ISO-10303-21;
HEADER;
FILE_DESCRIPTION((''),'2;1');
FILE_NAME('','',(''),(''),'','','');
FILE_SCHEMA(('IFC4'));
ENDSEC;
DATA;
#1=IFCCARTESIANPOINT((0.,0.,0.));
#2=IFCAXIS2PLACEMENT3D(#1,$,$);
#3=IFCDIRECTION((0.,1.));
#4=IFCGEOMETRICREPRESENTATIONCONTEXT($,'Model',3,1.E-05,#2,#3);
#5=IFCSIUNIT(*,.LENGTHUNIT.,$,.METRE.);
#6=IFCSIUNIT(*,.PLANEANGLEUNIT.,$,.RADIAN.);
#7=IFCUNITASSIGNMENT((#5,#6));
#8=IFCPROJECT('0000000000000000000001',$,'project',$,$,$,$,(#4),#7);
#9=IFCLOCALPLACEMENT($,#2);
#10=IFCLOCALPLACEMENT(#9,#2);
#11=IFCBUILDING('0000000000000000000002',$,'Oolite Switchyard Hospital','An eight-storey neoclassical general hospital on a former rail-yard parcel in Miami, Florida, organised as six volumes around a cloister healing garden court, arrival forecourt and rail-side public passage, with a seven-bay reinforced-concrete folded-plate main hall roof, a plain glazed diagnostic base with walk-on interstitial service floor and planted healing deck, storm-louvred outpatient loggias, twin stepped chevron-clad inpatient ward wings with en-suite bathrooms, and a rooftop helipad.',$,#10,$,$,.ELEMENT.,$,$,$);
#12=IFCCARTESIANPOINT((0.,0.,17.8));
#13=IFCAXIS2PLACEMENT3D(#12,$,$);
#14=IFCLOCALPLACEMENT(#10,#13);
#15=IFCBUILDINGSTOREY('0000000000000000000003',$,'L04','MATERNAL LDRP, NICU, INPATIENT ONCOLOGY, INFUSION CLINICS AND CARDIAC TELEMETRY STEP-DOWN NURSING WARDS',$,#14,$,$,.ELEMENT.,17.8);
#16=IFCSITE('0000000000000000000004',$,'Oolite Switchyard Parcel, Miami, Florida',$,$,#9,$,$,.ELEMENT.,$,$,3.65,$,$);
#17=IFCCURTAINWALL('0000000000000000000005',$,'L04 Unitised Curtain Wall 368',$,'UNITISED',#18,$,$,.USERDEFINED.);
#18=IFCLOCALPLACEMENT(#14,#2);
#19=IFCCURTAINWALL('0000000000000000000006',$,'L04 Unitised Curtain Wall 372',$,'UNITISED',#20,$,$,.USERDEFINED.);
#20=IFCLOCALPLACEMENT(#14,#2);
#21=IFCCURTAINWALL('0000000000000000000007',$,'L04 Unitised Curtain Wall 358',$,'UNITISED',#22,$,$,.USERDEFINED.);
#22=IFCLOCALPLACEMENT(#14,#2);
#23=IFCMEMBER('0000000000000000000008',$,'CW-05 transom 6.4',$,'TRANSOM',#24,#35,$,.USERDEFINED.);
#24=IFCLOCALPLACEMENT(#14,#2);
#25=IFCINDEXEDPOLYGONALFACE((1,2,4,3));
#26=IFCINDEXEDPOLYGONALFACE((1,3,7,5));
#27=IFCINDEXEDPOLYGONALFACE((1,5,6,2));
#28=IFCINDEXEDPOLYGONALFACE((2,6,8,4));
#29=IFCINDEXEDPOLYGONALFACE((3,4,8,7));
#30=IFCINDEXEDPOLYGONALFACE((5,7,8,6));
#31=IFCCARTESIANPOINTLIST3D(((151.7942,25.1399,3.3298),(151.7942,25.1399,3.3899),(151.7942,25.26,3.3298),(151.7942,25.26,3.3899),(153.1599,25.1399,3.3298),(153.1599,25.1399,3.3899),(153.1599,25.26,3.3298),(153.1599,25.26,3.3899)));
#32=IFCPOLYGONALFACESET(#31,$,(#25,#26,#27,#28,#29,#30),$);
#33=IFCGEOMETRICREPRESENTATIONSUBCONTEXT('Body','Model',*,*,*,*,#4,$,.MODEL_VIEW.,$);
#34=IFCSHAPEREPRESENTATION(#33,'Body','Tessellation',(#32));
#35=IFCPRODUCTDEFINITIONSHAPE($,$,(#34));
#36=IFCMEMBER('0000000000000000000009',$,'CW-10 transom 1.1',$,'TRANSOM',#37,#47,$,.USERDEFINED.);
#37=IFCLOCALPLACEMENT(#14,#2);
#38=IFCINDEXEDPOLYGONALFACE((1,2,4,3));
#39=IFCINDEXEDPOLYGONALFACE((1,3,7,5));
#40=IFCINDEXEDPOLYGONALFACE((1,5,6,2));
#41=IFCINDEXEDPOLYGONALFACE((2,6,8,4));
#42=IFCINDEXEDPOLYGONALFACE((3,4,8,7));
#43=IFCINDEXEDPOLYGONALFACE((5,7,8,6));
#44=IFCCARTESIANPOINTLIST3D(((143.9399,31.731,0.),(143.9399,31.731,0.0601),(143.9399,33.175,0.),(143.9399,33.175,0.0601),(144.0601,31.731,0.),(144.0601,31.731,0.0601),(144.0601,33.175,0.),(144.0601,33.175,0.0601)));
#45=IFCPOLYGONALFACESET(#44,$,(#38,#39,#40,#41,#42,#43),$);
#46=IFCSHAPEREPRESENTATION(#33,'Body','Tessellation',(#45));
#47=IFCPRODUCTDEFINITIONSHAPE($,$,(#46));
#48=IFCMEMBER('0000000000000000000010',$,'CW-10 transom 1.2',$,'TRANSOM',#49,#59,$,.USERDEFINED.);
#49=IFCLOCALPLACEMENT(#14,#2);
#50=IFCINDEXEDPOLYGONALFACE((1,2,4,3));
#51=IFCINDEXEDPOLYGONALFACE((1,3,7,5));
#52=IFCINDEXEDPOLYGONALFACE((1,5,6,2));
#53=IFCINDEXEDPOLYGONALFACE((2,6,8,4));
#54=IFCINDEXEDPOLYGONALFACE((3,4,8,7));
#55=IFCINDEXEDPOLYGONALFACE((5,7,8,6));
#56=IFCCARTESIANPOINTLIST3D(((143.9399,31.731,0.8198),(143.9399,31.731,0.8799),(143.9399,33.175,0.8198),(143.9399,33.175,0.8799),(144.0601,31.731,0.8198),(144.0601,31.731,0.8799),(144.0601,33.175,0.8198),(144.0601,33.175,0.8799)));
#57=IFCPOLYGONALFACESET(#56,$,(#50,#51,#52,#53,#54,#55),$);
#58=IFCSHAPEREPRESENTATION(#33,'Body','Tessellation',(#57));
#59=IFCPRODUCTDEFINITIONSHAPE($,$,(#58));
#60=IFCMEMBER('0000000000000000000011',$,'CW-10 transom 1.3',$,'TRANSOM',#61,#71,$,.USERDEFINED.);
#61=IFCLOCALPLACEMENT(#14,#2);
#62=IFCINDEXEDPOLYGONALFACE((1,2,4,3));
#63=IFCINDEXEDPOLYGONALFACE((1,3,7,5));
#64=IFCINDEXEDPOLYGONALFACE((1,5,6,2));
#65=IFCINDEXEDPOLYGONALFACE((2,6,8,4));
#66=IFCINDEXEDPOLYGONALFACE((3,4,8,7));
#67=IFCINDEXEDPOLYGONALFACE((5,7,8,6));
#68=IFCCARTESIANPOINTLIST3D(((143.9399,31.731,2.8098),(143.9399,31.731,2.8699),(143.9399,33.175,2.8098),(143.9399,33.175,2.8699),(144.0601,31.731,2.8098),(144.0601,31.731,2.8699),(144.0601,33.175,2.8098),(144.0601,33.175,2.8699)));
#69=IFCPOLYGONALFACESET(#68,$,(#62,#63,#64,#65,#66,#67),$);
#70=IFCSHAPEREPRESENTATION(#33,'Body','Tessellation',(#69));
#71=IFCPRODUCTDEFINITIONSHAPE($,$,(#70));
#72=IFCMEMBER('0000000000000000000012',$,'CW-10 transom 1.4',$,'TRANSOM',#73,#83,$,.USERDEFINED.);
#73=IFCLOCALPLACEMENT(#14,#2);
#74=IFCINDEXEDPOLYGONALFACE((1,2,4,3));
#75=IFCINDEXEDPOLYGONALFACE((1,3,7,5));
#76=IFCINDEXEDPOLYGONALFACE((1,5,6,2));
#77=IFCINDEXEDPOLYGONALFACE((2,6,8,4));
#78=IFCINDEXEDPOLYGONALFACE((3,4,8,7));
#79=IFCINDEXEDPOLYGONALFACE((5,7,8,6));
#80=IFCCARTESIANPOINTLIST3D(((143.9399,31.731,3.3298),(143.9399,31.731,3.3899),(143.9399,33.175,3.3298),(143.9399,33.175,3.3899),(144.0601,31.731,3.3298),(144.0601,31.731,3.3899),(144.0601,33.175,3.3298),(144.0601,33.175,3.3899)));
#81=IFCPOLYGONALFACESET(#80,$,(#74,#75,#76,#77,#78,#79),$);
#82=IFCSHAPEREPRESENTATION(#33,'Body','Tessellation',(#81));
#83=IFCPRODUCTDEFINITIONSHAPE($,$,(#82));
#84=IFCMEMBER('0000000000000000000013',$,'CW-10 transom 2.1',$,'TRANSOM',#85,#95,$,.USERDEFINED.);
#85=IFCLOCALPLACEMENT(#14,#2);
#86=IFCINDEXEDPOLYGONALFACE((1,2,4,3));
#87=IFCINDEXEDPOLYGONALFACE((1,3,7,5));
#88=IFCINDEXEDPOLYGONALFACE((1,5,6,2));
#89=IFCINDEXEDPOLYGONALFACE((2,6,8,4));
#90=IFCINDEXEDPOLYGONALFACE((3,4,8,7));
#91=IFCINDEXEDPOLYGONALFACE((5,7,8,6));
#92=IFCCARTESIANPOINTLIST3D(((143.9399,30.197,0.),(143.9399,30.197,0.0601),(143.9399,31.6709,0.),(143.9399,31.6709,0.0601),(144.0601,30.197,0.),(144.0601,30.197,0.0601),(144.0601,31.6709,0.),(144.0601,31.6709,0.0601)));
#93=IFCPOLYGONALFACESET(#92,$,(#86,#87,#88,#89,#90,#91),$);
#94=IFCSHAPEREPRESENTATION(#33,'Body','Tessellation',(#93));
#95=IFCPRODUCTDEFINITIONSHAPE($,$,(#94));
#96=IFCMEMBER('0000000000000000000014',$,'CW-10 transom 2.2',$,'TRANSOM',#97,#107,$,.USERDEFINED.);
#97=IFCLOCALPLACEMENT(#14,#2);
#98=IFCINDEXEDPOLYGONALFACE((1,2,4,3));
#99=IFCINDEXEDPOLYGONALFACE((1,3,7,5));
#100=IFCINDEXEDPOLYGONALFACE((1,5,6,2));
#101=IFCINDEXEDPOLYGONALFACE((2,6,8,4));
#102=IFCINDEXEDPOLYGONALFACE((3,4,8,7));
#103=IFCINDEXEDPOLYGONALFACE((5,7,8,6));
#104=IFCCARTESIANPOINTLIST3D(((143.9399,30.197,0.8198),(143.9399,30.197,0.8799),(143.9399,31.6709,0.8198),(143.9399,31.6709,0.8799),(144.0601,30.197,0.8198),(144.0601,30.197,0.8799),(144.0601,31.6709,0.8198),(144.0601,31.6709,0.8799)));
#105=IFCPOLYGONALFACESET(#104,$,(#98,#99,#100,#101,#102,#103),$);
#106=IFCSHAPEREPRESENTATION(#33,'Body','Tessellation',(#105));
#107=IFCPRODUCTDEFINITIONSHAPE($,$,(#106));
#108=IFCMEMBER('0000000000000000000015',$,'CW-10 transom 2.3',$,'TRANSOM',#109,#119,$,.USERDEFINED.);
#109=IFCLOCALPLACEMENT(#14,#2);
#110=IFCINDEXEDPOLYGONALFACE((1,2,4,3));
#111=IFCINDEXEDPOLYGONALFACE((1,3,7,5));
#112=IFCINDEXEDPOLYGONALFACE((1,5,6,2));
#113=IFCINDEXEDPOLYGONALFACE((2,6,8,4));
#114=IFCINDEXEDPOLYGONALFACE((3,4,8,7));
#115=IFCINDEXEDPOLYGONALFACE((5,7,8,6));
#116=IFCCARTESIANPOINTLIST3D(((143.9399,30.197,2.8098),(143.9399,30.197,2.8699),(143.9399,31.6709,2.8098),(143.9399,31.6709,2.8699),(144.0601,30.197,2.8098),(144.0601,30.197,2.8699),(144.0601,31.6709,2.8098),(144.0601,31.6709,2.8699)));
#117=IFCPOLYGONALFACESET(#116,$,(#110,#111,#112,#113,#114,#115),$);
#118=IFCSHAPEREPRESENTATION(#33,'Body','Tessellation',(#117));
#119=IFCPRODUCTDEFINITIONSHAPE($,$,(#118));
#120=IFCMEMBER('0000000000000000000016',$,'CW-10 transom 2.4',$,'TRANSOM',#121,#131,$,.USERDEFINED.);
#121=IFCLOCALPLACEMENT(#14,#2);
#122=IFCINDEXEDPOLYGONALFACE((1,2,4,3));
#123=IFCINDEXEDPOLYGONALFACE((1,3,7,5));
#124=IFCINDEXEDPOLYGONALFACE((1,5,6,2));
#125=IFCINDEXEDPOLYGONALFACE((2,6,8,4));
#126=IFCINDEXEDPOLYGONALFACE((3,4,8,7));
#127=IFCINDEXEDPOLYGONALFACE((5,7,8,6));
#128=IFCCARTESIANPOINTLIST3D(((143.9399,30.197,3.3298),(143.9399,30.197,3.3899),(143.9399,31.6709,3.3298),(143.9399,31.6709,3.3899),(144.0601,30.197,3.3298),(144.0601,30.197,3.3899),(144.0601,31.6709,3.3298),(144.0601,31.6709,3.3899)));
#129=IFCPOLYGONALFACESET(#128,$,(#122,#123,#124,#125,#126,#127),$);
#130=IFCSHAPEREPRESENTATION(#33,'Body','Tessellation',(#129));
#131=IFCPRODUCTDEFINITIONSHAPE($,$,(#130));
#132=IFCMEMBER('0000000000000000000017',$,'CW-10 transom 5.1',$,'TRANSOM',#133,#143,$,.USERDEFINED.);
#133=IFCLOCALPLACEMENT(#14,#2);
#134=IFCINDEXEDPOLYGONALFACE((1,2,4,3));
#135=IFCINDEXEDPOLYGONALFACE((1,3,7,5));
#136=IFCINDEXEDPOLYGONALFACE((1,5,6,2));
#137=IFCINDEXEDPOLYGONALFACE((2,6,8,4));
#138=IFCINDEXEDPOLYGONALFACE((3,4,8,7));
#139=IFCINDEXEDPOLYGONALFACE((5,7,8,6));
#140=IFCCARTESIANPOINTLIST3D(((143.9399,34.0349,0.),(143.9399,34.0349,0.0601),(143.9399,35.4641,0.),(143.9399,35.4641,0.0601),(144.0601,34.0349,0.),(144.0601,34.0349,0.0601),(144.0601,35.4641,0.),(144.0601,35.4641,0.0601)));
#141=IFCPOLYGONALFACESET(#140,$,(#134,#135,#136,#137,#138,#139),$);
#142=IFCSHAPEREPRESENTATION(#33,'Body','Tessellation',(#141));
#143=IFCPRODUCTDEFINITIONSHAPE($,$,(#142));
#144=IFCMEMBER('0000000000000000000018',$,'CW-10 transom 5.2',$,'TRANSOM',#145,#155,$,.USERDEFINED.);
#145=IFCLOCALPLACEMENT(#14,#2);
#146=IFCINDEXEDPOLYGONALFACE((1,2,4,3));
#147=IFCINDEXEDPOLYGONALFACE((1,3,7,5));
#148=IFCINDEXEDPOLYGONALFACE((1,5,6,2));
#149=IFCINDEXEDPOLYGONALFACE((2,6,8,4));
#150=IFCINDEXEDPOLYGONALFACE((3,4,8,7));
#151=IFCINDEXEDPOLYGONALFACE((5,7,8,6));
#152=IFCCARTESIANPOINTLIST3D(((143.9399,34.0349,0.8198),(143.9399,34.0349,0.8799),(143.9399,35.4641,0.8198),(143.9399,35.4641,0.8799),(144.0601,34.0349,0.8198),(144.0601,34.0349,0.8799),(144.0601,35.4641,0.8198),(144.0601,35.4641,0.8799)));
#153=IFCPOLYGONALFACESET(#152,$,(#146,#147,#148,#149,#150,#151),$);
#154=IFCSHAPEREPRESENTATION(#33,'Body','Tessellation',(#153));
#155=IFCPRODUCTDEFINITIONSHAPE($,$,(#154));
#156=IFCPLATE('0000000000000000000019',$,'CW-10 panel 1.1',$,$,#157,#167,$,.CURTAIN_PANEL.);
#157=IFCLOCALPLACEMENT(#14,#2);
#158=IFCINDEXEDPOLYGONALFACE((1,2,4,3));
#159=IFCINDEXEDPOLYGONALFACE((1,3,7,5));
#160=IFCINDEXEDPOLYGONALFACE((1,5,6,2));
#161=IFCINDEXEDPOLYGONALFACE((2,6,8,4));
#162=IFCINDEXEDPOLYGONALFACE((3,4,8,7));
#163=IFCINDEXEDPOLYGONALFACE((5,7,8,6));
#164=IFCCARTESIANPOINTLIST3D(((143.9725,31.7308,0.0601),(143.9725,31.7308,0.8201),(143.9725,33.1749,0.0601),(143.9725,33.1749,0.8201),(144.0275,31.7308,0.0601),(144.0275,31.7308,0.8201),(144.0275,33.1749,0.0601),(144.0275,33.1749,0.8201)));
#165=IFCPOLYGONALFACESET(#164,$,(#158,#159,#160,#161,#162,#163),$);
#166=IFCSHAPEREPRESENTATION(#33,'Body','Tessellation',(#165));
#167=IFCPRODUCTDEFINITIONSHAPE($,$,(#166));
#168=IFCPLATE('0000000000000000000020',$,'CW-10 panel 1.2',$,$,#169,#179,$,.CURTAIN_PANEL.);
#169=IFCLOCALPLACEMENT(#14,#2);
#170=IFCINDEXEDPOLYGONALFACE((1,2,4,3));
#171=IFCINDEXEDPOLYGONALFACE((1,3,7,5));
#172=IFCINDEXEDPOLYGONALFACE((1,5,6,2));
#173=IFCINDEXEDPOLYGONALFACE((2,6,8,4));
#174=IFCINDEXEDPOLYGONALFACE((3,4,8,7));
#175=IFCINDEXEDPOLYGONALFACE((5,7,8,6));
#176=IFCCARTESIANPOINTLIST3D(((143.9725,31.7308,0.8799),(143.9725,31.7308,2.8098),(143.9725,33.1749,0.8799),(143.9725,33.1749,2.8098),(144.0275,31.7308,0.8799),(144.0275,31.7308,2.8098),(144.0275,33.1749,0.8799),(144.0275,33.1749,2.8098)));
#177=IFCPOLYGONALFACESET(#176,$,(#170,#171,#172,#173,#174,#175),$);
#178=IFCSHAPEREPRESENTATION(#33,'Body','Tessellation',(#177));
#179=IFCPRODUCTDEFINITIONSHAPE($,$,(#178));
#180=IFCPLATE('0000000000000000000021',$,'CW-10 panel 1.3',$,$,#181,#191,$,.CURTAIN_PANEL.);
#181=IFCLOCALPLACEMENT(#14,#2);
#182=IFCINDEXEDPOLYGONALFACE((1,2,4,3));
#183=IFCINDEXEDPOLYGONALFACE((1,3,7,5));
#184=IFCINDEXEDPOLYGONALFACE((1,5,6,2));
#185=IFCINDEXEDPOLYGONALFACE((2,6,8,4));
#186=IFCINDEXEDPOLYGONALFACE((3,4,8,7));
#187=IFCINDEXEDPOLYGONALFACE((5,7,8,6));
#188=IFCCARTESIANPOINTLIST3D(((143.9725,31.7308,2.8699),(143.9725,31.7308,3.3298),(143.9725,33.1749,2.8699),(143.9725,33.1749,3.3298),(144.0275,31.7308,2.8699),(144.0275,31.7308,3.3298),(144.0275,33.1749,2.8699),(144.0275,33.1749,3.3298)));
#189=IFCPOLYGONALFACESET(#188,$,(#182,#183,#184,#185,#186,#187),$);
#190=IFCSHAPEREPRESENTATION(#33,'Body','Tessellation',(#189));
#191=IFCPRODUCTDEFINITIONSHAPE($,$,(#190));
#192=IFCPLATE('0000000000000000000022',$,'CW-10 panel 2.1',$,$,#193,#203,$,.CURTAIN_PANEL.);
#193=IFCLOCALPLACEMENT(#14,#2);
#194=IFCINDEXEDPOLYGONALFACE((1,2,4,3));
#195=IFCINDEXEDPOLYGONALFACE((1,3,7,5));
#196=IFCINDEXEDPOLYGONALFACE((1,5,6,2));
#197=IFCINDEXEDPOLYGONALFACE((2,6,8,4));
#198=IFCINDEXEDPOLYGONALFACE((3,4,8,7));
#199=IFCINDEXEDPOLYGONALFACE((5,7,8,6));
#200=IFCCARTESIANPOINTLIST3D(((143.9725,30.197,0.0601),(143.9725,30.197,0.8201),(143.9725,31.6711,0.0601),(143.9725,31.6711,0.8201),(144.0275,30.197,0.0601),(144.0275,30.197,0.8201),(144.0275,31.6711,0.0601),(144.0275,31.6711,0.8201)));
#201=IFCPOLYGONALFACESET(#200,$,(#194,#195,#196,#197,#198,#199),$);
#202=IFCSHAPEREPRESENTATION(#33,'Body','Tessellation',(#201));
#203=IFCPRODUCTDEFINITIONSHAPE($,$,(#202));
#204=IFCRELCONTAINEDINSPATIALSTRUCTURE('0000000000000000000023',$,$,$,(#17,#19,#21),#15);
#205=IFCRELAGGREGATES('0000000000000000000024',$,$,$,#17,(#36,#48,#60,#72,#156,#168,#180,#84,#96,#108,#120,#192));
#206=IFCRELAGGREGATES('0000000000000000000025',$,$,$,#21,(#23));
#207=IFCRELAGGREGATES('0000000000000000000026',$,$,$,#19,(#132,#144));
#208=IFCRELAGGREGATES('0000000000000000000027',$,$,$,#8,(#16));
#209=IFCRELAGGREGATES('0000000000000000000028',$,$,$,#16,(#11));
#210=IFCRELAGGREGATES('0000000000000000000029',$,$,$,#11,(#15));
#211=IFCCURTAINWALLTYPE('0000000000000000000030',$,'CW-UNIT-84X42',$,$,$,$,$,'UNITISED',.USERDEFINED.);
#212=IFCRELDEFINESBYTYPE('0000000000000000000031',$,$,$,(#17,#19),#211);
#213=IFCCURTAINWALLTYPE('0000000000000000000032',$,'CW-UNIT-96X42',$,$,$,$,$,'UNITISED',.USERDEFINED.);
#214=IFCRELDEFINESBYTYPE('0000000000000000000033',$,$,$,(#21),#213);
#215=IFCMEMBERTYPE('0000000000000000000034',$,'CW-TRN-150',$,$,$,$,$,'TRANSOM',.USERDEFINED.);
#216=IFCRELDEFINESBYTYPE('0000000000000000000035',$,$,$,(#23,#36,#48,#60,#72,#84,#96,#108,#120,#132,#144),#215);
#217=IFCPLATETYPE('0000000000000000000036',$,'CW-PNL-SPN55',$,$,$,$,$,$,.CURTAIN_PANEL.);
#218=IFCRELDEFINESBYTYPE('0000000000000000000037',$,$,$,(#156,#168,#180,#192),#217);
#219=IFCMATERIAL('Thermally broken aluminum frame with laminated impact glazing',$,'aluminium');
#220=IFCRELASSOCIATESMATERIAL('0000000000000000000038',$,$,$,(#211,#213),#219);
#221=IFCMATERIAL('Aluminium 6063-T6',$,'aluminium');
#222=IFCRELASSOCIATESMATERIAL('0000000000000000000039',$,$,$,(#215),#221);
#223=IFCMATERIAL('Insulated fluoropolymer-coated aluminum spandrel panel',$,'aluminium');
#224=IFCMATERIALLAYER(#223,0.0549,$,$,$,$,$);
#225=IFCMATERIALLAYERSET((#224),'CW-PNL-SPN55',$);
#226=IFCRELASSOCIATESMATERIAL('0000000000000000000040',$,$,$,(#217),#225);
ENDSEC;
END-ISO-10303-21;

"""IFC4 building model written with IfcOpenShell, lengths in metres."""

from ifc_helpers import new_model, si_unit, direction, frame, origin, origin_2d, place, context, subcontext, project, spatial, rectangle, extrude, material, layer, layer_set, material_profile, profile_set, type_object, element, aggregate, save


model = new_model("IFC4")

# Units and contexts
model_context = context("Model", 3, precision=1e-05, world=origin(), true_north=direction((0.0, 1.0)))
body_context = subcontext(model_context, "Body", "Model", "MODEL_VIEW")
ifc_project = project(units=[si_unit("LENGTHUNIT", "METRE"), si_unit("PLANEANGLEUNIT", "RADIAN")], contexts=[model_context])

# Site, building, storey
site_placement = place(None, origin())
site = spatial("IfcSite", under=ifc_project, at=site_placement, Name="Oolite Switchyard Parcel, Miami, Florida", CompositionType="ELEMENT", RefElevation=3.65)
building_placement = place(site_placement, origin())
building = spatial("IfcBuilding", under=site, at=building_placement, Name="Oolite Switchyard Hospital", Description="An eight-storey neoclassical general hospital on a former rail-yard parcel in Miami, Florida, organised as six volumes around a cloister healing garden court, arrival forecourt and rail-side public passage, with a seven-bay reinforced-concrete folded-plate main hall roof, a plain glazed diagnostic base with walk-on interstitial service floor and planted healing deck, storm-louvred outpatient loggias, twin stepped chevron-clad inpatient ward wings with en-suite bathrooms, and a rooftop helipad.", CompositionType="ELEMENT")
storey_placement = place(building_placement, frame((0.0, 0.0, 17.8)))
storey = spatial("IfcBuildingStorey", under=building, at=storey_placement, Name="L04", Description="MATERNAL LDRP, NICU, INPATIENT ONCOLOGY, INFUSION CLINICS AND CARDIAC TELEMETRY STEP-DOWN NURSING WARDS", CompositionType="ELEMENT", Elevation=17.8)

# Curtain wall
ifc_material_1 = material(Name="Thermally broken aluminum frame with laminated impact glazing", Category="aluminium")
curtain_wall_type_1 = type_object("IfcCurtainWallType", Name="CW-UNIT-84X42", ElementType="UNITISED", PredefinedType="USERDEFINED", material=ifc_material_1)
curtain_wall_1_placement = place(storey_placement, origin())
curtain_wall_1 = element("IfcCurtainWall", 1, at=curtain_wall_1_placement, inside=storey, type_object=curtain_wall_type_1, Name="L04 Unitised Curtain Wall 368", ObjectType="UNITISED", PredefinedType="USERDEFINED")
ifc_material_2 = material(Name="Aluminium 6063-T6", Category="aluminium")

# Curtain wall
curtain_wall_2_placement = place(storey_placement, origin())
curtain_wall_2 = element("IfcCurtainWall", 2, at=curtain_wall_2_placement, inside=storey, type_object=curtain_wall_type_1, Name="L04 Unitised Curtain Wall 372", ObjectType="UNITISED", PredefinedType="USERDEFINED")

# Curtain wall, member
curtain_wall_type_2 = type_object("IfcCurtainWallType", Name="CW-UNIT-96X42", ElementType="UNITISED", PredefinedType="USERDEFINED", material=ifc_material_1)
curtain_wall_3_placement = place(storey_placement, origin())
curtain_wall_3 = element("IfcCurtainWall", 3, at=curtain_wall_3_placement, inside=storey, type_object=curtain_wall_type_2, Name="L04 Unitised Curtain Wall 358", ObjectType="UNITISED", PredefinedType="USERDEFINED")
ifc_material_profile_1 = material_profile(ifc_material_2, rectangle(XDim=0.1201, YDim=0.0601, at=origin_2d()), Name="CWT60X120")
ifc_profile_set_1 = profile_set([ifc_material_profile_1], Name="Aluminium 6063-T6")
member_type_1 = type_object("IfcMemberType", Name="CW-TRN-150", ElementType="TRANSOM", PredefinedType="USERDEFINED", material=ifc_profile_set_1)
member_1_placement = place(storey_placement, frame((151.7942, 25.2, 3.3599), z_axis=(1.0, 0.0, 0.0), x_axis=(0.0, 1.0, 0.0)))
member_1 = element("IfcMember", 4, at=member_1_placement, type_object=member_type_1, Name="CW-05 transom 6.4", ObjectType="TRANSOM", PredefinedType="USERDEFINED", context=body_context, shape_type="SweptSolid", body=[
    extrude(rectangle(XDim=0.1201, YDim=0.0601, at=origin_2d()), origin(), (0.0, 0.0, 1.0), 1.3657),
])

# Members
member_2_placement = place(storey_placement, frame((144.0, 33.175, 0.03), z_axis=(0.0, -1.0, 0.0), x_axis=(1.0, 0.0, 0.0)))
member_2 = element("IfcMember", 5, at=member_2_placement, type_object=member_type_1, Name="CW-10 transom 1.1", ObjectType="TRANSOM", PredefinedType="USERDEFINED", context=body_context, shape_type="SweptSolid", body=[
    extrude(rectangle(XDim=0.1201, YDim=0.0601, at=origin_2d()), origin(), (0.0, 0.0, 1.0), 1.4441),
])
member_3_placement = place(storey_placement, frame((144.0, 33.175, 0.8499), z_axis=(0.0, -1.0, 0.0), x_axis=(1.0, 0.0, 0.0)))
member_3 = element("IfcMember", 6, at=member_3_placement, type_object=member_type_1, Name="CW-10 transom 1.2", ObjectType="TRANSOM", PredefinedType="USERDEFINED", context=body_context, shape_type="SweptSolid", body=[
    extrude(rectangle(XDim=0.1201, YDim=0.0601, at=origin_2d()), origin(), (0.0, 0.0, 1.0), 1.4441),
])
member_4_placement = place(storey_placement, frame((144.0, 33.175, 2.8398), z_axis=(0.0, -1.0, 0.0), x_axis=(1.0, 0.0, 0.0)))
member_4 = element("IfcMember", 7, at=member_4_placement, type_object=member_type_1, Name="CW-10 transom 1.3", ObjectType="TRANSOM", PredefinedType="USERDEFINED", context=body_context, shape_type="SweptSolid", body=[
    extrude(rectangle(XDim=0.1201, YDim=0.0601, at=origin_2d()), origin(), (0.0, 0.0, 1.0), 1.4441),
])
member_5_placement = place(storey_placement, frame((144.0, 33.175, 3.3599), z_axis=(0.0, -1.0, 0.0), x_axis=(1.0, 0.0, 0.0)))
member_5 = element("IfcMember", 8, at=member_5_placement, type_object=member_type_1, Name="CW-10 transom 1.4", ObjectType="TRANSOM", PredefinedType="USERDEFINED", context=body_context, shape_type="SweptSolid", body=[
    extrude(rectangle(XDim=0.1201, YDim=0.0601, at=origin_2d()), origin(), (0.0, 0.0, 1.0), 1.4441),
])
member_6_placement = place(storey_placement, frame((144.0, 31.6709, 0.03), z_axis=(0.0, -1.0, 0.0), x_axis=(1.0, 0.0, 0.0)))
member_6 = element("IfcMember", 9, at=member_6_placement, type_object=member_type_1, Name="CW-10 transom 2.1", ObjectType="TRANSOM", PredefinedType="USERDEFINED", context=body_context, shape_type="SweptSolid", body=[
    extrude(rectangle(XDim=0.1201, YDim=0.0601, at=origin_2d()), origin(), (0.0, 0.0, 1.0), 1.4739),
])
member_7_placement = place(storey_placement, frame((144.0, 31.6709, 0.8499), z_axis=(0.0, -1.0, 0.0), x_axis=(1.0, 0.0, 0.0)))
member_7 = element("IfcMember", 10, at=member_7_placement, type_object=member_type_1, Name="CW-10 transom 2.2", ObjectType="TRANSOM", PredefinedType="USERDEFINED", context=body_context, shape_type="SweptSolid", body=[
    extrude(rectangle(XDim=0.1201, YDim=0.0601, at=origin_2d()), origin(), (0.0, 0.0, 1.0), 1.4739),
])
member_8_placement = place(storey_placement, frame((144.0, 31.6709, 2.8398), z_axis=(0.0, -1.0, 0.0), x_axis=(1.0, 0.0, 0.0)))
member_8 = element("IfcMember", 11, at=member_8_placement, type_object=member_type_1, Name="CW-10 transom 2.3", ObjectType="TRANSOM", PredefinedType="USERDEFINED", context=body_context, shape_type="SweptSolid", body=[
    extrude(rectangle(XDim=0.1201, YDim=0.0601, at=origin_2d()), origin(), (0.0, 0.0, 1.0), 1.4739),
])
member_9_placement = place(storey_placement, frame((144.0, 31.6709, 3.3599), z_axis=(0.0, -1.0, 0.0), x_axis=(1.0, 0.0, 0.0)))
member_9 = element("IfcMember", 12, at=member_9_placement, type_object=member_type_1, Name="CW-10 transom 2.4", ObjectType="TRANSOM", PredefinedType="USERDEFINED", context=body_context, shape_type="SweptSolid", body=[
    extrude(rectangle(XDim=0.1201, YDim=0.0601, at=origin_2d()), origin(), (0.0, 0.0, 1.0), 1.4739),
])
member_10_placement = place(storey_placement, frame((144.0, 35.4641, 0.03), z_axis=(0.0, -1.0, 0.0), x_axis=(1.0, 0.0, 0.0)))
member_10 = element("IfcMember", 13, at=member_10_placement, type_object=member_type_1, Name="CW-10 transom 5.1", ObjectType="TRANSOM", PredefinedType="USERDEFINED", context=body_context, shape_type="SweptSolid", body=[
    extrude(rectangle(XDim=0.1201, YDim=0.0601, at=origin_2d()), origin(), (0.0, 0.0, 1.0), 1.4292),
])
member_11_placement = place(storey_placement, frame((144.0, 35.4641, 0.8499), z_axis=(0.0, -1.0, 0.0), x_axis=(1.0, 0.0, 0.0)))
member_11 = element("IfcMember", 14, at=member_11_placement, type_object=member_type_1, Name="CW-10 transom 5.2", ObjectType="TRANSOM", PredefinedType="USERDEFINED", context=body_context, shape_type="SweptSolid", body=[
    extrude(rectangle(XDim=0.1201, YDim=0.0601, at=origin_2d()), origin(), (0.0, 0.0, 1.0), 1.4292),
])

# Plates
ifc_material_3 = material(Name="Insulated fluoropolymer-coated aluminum spandrel panel", Category="aluminium")
ifc_layer_1 = layer(ifc_material_3, 0.0549)
ifc_layer_set_1 = layer_set([ifc_layer_1], Name="CW-PNL-SPN55")
plate_type_1 = type_object("IfcPlateType", Name="CW-PNL-SPN55", PredefinedType="CURTAIN_PANEL", material=ifc_layer_set_1)
plate_1_placement = place(storey_placement, frame((144.0, 32.4529, 0.0601), z_axis=(0.0, 0.0, 1.0), x_axis=(0.0, -1.0, 0.0)))
plate_1 = element("IfcPlate", 15, at=plate_1_placement, type_object=plate_type_1, Name="CW-10 panel 1.1", PredefinedType="CURTAIN_PANEL", context=body_context, shape_type="SweptSolid", body=[
    extrude(rectangle(XDim=1.4441, YDim=0.0549, at=origin_2d()), origin(), (0.0, 0.0, 1.0), 0.76),
])
plate_2_placement = place(storey_placement, frame((144.0, 32.4529, 0.8799), z_axis=(0.0, 0.0, 1.0), x_axis=(0.0, -1.0, 0.0)))
plate_2 = element("IfcPlate", 16, at=plate_2_placement, type_object=plate_type_1, Name="CW-10 panel 1.2", PredefinedType="CURTAIN_PANEL", context=body_context, shape_type="SweptSolid", body=[
    extrude(rectangle(XDim=1.4441, YDim=0.0549, at=origin_2d()), origin(), (0.0, 0.0, 1.0), 1.9299),
])
plate_3_placement = place(storey_placement, frame((144.0, 32.4529, 2.8699), z_axis=(0.0, 0.0, 1.0), x_axis=(0.0, -1.0, 0.0)))
plate_3 = element("IfcPlate", 17, at=plate_3_placement, type_object=plate_type_1, Name="CW-10 panel 1.3", PredefinedType="CURTAIN_PANEL", context=body_context, shape_type="SweptSolid", body=[
    extrude(rectangle(XDim=1.4441, YDim=0.0549, at=origin_2d()), origin(), (0.0, 0.0, 1.0), 0.46),
])
plate_4_placement = place(storey_placement, frame((144.0, 30.9341, 0.0601), z_axis=(0.0, 0.0, 1.0), x_axis=(0.0, -1.0, 0.0)))
plate_4 = element("IfcPlate", 18, at=plate_4_placement, type_object=plate_type_1, Name="CW-10 panel 2.1", PredefinedType="CURTAIN_PANEL", context=body_context, shape_type="SweptSolid", body=[
    extrude(rectangle(XDim=1.4741, YDim=0.0549, at=origin_2d()), origin(), (0.0, 0.0, 1.0), 0.76),
])
aggregate(curtain_wall_1, [member_2, member_3, member_4, member_5, plate_1, plate_2, plate_3, member_6, member_7, member_8, member_9, plate_4])
aggregate(curtain_wall_3, [member_1])
aggregate(curtain_wall_2, [member_10, member_11])

save(model, "model.ifc")
